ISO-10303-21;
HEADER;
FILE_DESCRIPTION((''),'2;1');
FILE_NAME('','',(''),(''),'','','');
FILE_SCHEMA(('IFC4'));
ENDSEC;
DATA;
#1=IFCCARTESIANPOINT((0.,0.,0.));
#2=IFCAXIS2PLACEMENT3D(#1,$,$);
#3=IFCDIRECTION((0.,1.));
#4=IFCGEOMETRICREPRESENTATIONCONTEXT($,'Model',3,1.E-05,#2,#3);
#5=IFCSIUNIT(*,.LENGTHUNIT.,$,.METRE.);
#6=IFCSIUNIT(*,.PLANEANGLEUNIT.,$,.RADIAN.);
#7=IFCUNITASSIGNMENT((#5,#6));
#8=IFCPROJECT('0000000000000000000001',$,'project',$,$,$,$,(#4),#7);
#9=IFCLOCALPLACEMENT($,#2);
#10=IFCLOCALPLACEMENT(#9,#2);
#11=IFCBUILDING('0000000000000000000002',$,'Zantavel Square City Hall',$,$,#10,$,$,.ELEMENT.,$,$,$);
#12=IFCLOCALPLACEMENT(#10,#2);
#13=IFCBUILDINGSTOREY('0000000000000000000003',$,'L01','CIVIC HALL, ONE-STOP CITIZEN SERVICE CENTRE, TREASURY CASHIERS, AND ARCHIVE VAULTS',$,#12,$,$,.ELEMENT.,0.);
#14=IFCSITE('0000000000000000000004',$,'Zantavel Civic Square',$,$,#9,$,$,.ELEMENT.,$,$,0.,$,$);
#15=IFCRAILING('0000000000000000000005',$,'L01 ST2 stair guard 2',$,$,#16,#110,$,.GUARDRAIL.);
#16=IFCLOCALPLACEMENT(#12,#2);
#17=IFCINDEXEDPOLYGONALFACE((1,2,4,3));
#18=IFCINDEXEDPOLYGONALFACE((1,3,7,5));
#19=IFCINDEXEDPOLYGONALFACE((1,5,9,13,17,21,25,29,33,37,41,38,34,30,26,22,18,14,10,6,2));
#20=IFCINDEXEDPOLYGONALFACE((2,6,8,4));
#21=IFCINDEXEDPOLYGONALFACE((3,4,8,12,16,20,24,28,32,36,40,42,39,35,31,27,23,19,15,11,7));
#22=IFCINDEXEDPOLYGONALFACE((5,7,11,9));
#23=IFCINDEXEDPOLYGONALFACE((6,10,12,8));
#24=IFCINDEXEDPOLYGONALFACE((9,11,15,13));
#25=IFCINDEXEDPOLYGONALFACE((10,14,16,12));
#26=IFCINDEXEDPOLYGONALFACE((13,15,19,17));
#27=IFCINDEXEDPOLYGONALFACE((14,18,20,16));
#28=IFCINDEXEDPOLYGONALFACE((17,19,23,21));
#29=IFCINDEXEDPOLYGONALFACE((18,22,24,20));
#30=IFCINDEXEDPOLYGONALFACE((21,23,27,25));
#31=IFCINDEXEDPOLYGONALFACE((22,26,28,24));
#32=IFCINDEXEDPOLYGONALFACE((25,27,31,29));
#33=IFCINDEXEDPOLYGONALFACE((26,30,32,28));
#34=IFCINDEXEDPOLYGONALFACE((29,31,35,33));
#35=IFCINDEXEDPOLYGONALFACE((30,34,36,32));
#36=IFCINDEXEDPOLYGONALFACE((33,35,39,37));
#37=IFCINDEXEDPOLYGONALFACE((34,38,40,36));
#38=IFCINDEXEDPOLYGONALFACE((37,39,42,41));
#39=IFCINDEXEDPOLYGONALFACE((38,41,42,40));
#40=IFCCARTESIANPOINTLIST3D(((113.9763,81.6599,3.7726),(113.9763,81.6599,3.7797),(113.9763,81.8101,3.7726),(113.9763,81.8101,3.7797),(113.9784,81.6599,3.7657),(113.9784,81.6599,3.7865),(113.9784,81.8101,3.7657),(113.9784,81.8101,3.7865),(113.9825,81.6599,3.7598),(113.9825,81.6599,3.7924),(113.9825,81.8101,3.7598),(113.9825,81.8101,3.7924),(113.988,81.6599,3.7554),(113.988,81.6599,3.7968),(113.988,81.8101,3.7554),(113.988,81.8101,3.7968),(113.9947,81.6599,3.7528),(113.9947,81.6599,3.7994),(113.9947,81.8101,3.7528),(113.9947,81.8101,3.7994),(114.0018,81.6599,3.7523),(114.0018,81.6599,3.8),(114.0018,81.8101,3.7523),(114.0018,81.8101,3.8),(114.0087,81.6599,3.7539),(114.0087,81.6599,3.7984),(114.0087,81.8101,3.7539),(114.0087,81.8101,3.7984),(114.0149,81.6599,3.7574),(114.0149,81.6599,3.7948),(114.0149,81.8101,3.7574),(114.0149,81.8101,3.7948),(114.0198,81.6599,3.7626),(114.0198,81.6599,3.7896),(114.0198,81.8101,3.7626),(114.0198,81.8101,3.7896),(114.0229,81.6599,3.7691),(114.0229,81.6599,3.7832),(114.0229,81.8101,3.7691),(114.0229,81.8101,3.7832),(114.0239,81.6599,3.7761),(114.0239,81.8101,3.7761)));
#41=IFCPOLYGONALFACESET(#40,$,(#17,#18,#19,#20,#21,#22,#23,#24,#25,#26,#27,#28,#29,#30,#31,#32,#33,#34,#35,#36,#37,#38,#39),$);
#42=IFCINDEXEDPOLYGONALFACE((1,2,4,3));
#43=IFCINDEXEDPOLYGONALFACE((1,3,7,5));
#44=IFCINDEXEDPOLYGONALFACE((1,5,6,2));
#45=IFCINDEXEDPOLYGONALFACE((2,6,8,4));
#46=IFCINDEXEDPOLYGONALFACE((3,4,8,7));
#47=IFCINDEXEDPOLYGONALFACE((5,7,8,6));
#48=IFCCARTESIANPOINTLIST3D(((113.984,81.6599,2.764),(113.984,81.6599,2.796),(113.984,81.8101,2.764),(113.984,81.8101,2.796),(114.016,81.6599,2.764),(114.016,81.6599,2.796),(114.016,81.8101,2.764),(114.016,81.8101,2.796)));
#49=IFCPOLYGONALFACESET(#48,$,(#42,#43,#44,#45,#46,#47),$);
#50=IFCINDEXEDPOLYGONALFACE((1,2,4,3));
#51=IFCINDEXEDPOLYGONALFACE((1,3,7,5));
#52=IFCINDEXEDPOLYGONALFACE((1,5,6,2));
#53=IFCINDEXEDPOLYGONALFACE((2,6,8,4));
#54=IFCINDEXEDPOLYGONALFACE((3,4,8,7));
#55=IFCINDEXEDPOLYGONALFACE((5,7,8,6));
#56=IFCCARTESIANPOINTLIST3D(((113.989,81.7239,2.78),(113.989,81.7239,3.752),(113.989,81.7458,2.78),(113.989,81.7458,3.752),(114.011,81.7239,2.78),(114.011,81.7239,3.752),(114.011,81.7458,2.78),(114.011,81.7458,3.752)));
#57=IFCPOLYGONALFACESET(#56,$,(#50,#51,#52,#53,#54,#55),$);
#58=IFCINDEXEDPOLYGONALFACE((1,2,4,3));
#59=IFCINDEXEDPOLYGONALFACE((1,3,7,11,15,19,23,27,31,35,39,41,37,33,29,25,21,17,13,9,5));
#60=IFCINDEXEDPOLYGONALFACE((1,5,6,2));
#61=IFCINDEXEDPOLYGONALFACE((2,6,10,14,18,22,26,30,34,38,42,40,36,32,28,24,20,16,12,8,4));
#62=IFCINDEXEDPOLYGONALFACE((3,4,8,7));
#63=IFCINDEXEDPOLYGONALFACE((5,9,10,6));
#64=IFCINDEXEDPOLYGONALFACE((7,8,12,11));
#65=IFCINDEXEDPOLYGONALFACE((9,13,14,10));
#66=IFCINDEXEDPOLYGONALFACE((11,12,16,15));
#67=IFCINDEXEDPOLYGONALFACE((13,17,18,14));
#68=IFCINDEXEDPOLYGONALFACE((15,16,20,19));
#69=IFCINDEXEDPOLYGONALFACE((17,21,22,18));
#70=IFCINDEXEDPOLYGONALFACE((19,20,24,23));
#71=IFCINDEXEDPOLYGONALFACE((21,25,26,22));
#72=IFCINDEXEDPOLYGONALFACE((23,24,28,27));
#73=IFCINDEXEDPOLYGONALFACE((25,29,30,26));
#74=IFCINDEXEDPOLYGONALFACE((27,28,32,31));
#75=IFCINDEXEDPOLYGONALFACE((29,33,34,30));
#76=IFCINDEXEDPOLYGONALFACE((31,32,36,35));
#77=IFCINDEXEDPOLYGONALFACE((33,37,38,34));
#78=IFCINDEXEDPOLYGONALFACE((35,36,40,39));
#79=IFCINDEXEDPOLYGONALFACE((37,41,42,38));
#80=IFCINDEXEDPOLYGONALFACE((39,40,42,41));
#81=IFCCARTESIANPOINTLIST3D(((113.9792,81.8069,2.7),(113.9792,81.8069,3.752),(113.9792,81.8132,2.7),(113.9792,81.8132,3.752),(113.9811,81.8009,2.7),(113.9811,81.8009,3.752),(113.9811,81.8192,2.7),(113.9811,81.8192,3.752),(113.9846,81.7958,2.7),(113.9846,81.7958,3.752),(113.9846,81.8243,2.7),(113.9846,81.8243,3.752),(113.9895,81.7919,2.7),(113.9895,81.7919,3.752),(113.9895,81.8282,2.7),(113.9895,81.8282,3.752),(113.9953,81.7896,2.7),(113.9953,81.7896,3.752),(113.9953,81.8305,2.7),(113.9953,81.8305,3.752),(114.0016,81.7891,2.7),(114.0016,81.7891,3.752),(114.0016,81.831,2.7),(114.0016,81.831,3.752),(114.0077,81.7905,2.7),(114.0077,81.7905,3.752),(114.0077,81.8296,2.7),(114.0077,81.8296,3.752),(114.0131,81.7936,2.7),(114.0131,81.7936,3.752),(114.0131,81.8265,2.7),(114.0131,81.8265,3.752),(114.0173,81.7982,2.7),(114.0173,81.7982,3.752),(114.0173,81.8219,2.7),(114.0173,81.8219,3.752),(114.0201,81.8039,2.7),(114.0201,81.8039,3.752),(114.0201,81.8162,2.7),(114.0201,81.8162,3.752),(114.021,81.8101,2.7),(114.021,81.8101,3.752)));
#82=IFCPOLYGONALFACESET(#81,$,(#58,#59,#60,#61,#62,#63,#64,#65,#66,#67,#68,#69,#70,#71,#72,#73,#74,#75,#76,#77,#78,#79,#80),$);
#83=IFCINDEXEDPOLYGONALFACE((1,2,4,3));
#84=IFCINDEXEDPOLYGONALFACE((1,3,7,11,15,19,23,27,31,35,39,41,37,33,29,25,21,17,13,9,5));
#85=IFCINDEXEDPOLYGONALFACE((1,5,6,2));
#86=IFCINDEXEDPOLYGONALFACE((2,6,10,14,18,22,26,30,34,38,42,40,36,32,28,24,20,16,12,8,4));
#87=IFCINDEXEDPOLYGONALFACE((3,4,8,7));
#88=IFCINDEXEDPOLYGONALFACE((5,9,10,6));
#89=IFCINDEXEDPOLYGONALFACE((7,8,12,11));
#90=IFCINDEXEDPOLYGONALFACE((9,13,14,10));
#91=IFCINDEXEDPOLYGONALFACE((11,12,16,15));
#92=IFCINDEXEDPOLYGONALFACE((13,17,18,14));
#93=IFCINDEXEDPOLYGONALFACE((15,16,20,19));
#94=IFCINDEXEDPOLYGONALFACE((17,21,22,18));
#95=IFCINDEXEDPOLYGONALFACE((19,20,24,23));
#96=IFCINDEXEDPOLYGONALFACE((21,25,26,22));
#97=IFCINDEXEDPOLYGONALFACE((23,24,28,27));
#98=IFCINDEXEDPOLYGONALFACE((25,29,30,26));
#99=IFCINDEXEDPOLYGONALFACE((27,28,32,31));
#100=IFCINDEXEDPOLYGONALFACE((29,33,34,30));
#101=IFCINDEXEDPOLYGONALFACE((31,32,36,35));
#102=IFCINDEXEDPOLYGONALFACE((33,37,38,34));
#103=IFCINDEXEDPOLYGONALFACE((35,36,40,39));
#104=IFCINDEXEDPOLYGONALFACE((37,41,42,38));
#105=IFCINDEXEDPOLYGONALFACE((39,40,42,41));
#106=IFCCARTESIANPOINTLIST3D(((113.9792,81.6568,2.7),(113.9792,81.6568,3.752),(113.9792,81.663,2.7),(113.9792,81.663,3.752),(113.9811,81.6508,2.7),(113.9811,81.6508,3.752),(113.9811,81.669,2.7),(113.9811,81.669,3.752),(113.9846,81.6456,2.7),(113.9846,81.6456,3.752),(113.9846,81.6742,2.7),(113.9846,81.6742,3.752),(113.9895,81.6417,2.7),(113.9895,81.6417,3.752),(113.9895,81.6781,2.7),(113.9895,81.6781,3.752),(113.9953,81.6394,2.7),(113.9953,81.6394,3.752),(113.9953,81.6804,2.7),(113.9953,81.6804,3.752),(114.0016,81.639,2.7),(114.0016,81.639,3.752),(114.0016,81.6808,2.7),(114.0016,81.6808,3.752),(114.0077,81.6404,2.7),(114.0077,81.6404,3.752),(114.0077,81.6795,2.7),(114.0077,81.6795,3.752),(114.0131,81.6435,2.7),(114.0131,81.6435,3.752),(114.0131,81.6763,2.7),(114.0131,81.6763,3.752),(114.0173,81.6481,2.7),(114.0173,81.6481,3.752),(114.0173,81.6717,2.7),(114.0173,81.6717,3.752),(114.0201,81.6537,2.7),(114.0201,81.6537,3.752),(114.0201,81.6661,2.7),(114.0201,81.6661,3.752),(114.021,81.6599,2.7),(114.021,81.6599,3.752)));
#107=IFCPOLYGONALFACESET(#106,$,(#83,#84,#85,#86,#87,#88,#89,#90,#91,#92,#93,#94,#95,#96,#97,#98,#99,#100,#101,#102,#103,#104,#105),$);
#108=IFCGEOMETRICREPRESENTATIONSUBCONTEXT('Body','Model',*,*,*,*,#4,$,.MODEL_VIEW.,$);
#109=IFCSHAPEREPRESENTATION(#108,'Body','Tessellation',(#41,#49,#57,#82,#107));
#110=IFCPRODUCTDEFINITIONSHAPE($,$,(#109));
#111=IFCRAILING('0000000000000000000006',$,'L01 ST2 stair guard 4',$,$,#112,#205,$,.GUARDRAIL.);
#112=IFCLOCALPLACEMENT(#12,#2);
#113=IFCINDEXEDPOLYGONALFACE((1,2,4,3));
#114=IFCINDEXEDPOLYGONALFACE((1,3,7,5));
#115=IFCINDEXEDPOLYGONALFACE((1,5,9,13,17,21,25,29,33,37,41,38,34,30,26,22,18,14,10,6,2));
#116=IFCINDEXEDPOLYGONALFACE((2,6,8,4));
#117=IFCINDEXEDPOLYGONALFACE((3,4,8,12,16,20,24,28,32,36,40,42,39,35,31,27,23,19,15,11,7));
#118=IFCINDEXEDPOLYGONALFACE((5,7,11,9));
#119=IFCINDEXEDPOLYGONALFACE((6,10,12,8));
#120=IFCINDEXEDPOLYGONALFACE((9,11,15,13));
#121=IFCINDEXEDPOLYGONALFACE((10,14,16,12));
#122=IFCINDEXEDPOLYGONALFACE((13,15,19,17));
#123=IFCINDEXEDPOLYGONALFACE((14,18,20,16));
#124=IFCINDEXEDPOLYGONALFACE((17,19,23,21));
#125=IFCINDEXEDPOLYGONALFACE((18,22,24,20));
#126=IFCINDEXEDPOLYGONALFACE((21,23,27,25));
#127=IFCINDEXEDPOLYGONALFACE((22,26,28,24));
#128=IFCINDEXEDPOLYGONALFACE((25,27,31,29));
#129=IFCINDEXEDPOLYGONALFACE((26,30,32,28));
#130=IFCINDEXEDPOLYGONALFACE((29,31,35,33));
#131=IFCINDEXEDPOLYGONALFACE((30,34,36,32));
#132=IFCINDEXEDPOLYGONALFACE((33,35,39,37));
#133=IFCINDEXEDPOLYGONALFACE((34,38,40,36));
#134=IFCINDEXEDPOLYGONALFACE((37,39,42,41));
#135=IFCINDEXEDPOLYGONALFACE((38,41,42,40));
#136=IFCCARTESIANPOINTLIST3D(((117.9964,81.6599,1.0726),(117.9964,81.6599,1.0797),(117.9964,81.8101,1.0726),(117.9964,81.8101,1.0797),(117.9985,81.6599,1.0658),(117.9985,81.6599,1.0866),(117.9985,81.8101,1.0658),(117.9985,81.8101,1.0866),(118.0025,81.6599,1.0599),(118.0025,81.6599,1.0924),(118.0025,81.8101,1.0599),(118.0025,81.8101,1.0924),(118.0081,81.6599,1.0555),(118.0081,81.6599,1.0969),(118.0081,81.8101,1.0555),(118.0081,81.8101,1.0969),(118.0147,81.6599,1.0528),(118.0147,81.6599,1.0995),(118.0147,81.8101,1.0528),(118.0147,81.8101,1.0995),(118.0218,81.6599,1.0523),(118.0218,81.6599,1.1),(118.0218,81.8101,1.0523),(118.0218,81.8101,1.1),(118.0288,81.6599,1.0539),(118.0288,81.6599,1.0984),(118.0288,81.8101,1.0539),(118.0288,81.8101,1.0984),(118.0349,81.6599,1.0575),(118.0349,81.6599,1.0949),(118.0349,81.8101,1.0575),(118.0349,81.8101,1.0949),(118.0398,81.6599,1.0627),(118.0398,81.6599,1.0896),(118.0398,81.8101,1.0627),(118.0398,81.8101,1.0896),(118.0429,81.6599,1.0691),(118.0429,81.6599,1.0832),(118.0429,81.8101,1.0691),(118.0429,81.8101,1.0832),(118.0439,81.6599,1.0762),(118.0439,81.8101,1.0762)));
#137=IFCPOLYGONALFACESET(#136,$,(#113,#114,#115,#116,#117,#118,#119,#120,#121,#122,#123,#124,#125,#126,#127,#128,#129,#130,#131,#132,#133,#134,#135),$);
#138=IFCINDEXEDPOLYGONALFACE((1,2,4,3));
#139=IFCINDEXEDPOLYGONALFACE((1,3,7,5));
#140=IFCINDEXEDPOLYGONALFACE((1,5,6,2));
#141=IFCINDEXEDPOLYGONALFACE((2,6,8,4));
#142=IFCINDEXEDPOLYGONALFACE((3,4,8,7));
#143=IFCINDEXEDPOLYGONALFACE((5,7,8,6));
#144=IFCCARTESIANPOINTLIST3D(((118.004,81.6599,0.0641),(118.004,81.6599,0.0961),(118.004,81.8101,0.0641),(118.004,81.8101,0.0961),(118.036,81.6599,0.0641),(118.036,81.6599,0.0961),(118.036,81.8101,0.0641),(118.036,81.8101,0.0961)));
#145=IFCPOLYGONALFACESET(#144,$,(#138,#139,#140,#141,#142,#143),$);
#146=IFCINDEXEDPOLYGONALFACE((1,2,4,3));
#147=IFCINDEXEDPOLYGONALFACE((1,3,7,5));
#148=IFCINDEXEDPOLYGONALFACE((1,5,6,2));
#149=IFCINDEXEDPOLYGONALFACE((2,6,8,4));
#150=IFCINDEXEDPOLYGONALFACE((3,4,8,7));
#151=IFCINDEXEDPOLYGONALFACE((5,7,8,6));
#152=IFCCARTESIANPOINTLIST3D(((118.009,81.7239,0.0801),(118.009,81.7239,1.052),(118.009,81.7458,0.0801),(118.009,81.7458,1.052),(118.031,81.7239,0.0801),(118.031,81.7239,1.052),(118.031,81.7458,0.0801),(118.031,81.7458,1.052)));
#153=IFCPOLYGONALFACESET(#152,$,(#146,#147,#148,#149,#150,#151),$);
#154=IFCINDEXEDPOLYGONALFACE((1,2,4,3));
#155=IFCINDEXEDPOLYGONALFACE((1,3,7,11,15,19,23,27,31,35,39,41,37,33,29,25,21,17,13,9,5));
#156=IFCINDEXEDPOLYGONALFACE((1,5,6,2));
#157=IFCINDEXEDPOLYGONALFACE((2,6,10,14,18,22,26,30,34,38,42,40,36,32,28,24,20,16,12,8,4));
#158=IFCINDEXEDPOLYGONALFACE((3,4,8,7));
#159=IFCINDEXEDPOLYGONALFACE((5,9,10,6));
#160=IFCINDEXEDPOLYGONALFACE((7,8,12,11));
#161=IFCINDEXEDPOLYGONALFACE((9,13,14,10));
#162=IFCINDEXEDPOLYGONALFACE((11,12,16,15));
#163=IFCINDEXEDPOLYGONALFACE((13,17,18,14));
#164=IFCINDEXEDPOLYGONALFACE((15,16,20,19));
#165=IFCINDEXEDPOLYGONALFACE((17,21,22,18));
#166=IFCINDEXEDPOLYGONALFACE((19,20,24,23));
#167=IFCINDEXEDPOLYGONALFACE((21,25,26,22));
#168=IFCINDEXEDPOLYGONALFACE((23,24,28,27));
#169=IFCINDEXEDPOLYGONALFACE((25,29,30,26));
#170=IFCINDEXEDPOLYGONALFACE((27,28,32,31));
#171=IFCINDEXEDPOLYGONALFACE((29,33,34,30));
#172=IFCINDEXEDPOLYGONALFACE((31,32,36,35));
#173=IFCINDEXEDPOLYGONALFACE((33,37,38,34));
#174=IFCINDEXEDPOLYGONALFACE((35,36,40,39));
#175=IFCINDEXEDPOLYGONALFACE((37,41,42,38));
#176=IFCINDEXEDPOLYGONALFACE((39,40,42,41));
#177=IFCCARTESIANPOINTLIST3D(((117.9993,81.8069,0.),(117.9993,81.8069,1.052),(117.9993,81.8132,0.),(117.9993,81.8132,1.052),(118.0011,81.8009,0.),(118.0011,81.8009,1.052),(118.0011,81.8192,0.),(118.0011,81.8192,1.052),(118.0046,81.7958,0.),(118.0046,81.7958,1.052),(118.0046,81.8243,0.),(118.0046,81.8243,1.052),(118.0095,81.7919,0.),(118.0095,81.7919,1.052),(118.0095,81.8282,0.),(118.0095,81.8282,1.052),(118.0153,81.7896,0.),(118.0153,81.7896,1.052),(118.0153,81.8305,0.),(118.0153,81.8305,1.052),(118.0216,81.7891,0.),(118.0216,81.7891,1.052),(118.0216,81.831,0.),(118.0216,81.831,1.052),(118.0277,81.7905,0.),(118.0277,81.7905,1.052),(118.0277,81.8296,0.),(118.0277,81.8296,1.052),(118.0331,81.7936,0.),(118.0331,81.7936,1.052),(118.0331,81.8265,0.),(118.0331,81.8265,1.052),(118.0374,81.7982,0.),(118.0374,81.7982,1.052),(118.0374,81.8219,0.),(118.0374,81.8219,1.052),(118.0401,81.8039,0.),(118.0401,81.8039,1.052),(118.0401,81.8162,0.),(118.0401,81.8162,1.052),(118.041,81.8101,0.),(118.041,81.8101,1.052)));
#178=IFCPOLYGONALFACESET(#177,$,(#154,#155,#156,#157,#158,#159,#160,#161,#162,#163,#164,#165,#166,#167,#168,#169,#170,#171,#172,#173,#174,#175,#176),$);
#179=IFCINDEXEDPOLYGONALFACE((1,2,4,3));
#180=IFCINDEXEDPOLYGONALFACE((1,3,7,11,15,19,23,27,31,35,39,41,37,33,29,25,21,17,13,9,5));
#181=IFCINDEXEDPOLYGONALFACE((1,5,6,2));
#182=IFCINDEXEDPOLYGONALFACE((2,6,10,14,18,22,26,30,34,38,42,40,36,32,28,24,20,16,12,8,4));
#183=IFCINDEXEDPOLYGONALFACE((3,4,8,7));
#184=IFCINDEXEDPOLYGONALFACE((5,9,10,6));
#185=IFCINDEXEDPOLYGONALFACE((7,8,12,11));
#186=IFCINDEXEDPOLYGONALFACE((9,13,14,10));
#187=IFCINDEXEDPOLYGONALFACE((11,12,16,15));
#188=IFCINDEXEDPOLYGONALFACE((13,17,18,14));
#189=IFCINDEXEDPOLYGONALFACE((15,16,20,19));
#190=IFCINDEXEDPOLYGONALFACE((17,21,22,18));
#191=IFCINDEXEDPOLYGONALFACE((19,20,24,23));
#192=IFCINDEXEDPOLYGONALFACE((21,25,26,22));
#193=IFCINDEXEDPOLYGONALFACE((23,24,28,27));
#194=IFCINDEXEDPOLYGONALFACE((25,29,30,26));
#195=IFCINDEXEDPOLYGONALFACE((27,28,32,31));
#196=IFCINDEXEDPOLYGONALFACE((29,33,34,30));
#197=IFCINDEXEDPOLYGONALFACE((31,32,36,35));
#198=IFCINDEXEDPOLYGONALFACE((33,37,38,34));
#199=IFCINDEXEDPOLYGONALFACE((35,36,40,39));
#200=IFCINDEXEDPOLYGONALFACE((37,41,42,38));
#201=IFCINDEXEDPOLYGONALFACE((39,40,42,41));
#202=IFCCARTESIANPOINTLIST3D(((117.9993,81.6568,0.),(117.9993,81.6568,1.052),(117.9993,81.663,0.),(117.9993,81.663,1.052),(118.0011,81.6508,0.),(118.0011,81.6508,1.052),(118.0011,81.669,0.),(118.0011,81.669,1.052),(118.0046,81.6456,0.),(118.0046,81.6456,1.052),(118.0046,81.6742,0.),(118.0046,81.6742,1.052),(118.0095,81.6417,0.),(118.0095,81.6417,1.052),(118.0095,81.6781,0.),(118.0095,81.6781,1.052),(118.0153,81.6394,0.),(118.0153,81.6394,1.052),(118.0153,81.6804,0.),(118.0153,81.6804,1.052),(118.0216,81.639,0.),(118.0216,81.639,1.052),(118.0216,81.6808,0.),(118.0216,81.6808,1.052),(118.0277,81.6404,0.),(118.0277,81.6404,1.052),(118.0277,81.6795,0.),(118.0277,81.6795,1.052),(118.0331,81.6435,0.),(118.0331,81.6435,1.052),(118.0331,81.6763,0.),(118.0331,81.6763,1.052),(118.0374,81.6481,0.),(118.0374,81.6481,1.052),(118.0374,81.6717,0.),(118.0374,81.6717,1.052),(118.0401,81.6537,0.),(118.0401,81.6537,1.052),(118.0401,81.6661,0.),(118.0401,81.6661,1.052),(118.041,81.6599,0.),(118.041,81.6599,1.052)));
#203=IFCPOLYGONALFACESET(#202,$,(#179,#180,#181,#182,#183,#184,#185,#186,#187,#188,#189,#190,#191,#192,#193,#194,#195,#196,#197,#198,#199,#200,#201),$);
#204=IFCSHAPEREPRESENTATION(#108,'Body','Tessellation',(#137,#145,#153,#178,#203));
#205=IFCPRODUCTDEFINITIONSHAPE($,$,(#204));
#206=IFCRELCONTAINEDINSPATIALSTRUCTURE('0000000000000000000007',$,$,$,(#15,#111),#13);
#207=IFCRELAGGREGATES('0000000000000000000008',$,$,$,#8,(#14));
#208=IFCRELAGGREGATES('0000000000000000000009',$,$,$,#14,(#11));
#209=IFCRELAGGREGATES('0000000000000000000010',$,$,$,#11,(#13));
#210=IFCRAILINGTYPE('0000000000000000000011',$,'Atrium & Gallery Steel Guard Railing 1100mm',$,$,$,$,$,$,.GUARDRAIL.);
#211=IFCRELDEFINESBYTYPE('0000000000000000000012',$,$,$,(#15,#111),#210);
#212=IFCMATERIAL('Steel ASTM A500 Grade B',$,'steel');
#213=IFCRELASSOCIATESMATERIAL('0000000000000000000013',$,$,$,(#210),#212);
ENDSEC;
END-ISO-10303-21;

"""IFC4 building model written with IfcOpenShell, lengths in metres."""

from ifc_helpers import new_model, si_unit, direction, frame, origin, origin_2d, place, context, subcontext, project, spatial, rectangle, circle, extrude, material, type_object, element, save


model = new_model("IFC4")

# Units and contexts
model_context = context("Model", 3, precision=1e-05, world=origin(), true_north=direction((0.0, 1.0)))
body_context = subcontext(model_context, "Body", "Model", "MODEL_VIEW")
ifc_project = project(units=[si_unit("LENGTHUNIT", "METRE"), si_unit("PLANEANGLEUNIT", "RADIAN")], contexts=[model_context])

# Site, building, storey
site_placement = place(None, origin())
site = spatial("IfcSite", under=ifc_project, at=site_placement, Name="Zantavel Civic Square", CompositionType="ELEMENT", RefElevation=0.0)
building_placement = place(site_placement, origin())
building = spatial("IfcBuilding", under=site, at=building_placement, Name="Zantavel Square City Hall", CompositionType="ELEMENT")
storey_placement = place(building_placement, origin())
storey = spatial("IfcBuildingStorey", under=building, at=storey_placement, Name="L01", Description="CIVIC HALL, ONE-STOP CITIZEN SERVICE CENTRE, TREASURY CASHIERS, AND ARCHIVE VAULTS", CompositionType="ELEMENT", Elevation=0.0)

# Shared definitions
ifc_material_1 = material(Name="Steel ASTM A500 Grade B", Category="steel")

# Railings
railing_type_1 = type_object("IfcRailingType", Name="Atrium & Gallery Steel Guard Railing 1100mm", PredefinedType="GUARDRAIL", material=ifc_material_1)
railing_1_placement = place(storey_placement, frame((114.0, 81.8101, 2.7)))
element("IfcRailing", 1, at=railing_1_placement, inside=storey, type_object=railing_type_1, Name="L01 ST2 stair guard 2", PredefinedType="GUARDRAIL", context=body_context, shape_type="SweptSolid", body=[
    extrude(circle(Radius=0.0239, at=origin_2d()), frame((0.0, 0.0, 1.0762), z_axis=(0.0, -1.0, 0.0), x_axis=(1.0, 0.0, 0.0)), (0.0, 0.0, 1.0), 0.1501),
    extrude(rectangle(XDim=0.032, YDim=0.032, at=origin_2d()), frame((0.0, 0.0, 0.0801), z_axis=(0.0, -1.0, 0.0), x_axis=(1.0, 0.0, 0.0)), (0.0, 0.0, 1.0), 0.1501),
    extrude(rectangle(XDim=0.022, YDim=0.022, at=origin_2d()), frame((0.0, -0.0752, 0.0801)), (0.0, 0.0, 1.0), 0.9719),
    extrude(circle(Radius=0.021, at=origin_2d()), origin(), (0.0, 0.0, 1.0), 1.052),
    extrude(circle(Radius=0.021, at=origin_2d()), frame((0.0, -0.1501, 0.0)), (0.0, 0.0, 1.0), 1.052),
])
railing_2_placement = place(storey_placement, frame((118.02, 81.8101, 0.0)))
element("IfcRailing", 2, at=railing_2_placement, inside=storey, type_object=railing_type_1, Name="L01 ST2 stair guard 4", PredefinedType="GUARDRAIL", context=body_context, shape_type="SweptSolid", body=[
    extrude(circle(Radius=0.0239, at=origin_2d()), frame((0.0, 0.0, 1.0762), z_axis=(0.0, -1.0, 0.0), x_axis=(1.0, 0.0, 0.0)), (0.0, 0.0, 1.0), 0.1501),
    extrude(rectangle(XDim=0.032, YDim=0.032, at=origin_2d()), frame((0.0, 0.0, 0.0801), z_axis=(0.0, -1.0, 0.0), x_axis=(1.0, 0.0, 0.0)), (0.0, 0.0, 1.0), 0.1501),
    extrude(rectangle(XDim=0.022, YDim=0.022, at=origin_2d()), frame((0.0, -0.0752, 0.0801)), (0.0, 0.0, 1.0), 0.9719),
    extrude(circle(Radius=0.021, at=origin_2d()), origin(), (0.0, 0.0, 1.0), 1.052),
    extrude(circle(Radius=0.021, at=origin_2d()), frame((0.0, -0.1501, 0.0)), (0.0, 0.0, 1.0), 1.052),
])

save(model, "model.ifc")
